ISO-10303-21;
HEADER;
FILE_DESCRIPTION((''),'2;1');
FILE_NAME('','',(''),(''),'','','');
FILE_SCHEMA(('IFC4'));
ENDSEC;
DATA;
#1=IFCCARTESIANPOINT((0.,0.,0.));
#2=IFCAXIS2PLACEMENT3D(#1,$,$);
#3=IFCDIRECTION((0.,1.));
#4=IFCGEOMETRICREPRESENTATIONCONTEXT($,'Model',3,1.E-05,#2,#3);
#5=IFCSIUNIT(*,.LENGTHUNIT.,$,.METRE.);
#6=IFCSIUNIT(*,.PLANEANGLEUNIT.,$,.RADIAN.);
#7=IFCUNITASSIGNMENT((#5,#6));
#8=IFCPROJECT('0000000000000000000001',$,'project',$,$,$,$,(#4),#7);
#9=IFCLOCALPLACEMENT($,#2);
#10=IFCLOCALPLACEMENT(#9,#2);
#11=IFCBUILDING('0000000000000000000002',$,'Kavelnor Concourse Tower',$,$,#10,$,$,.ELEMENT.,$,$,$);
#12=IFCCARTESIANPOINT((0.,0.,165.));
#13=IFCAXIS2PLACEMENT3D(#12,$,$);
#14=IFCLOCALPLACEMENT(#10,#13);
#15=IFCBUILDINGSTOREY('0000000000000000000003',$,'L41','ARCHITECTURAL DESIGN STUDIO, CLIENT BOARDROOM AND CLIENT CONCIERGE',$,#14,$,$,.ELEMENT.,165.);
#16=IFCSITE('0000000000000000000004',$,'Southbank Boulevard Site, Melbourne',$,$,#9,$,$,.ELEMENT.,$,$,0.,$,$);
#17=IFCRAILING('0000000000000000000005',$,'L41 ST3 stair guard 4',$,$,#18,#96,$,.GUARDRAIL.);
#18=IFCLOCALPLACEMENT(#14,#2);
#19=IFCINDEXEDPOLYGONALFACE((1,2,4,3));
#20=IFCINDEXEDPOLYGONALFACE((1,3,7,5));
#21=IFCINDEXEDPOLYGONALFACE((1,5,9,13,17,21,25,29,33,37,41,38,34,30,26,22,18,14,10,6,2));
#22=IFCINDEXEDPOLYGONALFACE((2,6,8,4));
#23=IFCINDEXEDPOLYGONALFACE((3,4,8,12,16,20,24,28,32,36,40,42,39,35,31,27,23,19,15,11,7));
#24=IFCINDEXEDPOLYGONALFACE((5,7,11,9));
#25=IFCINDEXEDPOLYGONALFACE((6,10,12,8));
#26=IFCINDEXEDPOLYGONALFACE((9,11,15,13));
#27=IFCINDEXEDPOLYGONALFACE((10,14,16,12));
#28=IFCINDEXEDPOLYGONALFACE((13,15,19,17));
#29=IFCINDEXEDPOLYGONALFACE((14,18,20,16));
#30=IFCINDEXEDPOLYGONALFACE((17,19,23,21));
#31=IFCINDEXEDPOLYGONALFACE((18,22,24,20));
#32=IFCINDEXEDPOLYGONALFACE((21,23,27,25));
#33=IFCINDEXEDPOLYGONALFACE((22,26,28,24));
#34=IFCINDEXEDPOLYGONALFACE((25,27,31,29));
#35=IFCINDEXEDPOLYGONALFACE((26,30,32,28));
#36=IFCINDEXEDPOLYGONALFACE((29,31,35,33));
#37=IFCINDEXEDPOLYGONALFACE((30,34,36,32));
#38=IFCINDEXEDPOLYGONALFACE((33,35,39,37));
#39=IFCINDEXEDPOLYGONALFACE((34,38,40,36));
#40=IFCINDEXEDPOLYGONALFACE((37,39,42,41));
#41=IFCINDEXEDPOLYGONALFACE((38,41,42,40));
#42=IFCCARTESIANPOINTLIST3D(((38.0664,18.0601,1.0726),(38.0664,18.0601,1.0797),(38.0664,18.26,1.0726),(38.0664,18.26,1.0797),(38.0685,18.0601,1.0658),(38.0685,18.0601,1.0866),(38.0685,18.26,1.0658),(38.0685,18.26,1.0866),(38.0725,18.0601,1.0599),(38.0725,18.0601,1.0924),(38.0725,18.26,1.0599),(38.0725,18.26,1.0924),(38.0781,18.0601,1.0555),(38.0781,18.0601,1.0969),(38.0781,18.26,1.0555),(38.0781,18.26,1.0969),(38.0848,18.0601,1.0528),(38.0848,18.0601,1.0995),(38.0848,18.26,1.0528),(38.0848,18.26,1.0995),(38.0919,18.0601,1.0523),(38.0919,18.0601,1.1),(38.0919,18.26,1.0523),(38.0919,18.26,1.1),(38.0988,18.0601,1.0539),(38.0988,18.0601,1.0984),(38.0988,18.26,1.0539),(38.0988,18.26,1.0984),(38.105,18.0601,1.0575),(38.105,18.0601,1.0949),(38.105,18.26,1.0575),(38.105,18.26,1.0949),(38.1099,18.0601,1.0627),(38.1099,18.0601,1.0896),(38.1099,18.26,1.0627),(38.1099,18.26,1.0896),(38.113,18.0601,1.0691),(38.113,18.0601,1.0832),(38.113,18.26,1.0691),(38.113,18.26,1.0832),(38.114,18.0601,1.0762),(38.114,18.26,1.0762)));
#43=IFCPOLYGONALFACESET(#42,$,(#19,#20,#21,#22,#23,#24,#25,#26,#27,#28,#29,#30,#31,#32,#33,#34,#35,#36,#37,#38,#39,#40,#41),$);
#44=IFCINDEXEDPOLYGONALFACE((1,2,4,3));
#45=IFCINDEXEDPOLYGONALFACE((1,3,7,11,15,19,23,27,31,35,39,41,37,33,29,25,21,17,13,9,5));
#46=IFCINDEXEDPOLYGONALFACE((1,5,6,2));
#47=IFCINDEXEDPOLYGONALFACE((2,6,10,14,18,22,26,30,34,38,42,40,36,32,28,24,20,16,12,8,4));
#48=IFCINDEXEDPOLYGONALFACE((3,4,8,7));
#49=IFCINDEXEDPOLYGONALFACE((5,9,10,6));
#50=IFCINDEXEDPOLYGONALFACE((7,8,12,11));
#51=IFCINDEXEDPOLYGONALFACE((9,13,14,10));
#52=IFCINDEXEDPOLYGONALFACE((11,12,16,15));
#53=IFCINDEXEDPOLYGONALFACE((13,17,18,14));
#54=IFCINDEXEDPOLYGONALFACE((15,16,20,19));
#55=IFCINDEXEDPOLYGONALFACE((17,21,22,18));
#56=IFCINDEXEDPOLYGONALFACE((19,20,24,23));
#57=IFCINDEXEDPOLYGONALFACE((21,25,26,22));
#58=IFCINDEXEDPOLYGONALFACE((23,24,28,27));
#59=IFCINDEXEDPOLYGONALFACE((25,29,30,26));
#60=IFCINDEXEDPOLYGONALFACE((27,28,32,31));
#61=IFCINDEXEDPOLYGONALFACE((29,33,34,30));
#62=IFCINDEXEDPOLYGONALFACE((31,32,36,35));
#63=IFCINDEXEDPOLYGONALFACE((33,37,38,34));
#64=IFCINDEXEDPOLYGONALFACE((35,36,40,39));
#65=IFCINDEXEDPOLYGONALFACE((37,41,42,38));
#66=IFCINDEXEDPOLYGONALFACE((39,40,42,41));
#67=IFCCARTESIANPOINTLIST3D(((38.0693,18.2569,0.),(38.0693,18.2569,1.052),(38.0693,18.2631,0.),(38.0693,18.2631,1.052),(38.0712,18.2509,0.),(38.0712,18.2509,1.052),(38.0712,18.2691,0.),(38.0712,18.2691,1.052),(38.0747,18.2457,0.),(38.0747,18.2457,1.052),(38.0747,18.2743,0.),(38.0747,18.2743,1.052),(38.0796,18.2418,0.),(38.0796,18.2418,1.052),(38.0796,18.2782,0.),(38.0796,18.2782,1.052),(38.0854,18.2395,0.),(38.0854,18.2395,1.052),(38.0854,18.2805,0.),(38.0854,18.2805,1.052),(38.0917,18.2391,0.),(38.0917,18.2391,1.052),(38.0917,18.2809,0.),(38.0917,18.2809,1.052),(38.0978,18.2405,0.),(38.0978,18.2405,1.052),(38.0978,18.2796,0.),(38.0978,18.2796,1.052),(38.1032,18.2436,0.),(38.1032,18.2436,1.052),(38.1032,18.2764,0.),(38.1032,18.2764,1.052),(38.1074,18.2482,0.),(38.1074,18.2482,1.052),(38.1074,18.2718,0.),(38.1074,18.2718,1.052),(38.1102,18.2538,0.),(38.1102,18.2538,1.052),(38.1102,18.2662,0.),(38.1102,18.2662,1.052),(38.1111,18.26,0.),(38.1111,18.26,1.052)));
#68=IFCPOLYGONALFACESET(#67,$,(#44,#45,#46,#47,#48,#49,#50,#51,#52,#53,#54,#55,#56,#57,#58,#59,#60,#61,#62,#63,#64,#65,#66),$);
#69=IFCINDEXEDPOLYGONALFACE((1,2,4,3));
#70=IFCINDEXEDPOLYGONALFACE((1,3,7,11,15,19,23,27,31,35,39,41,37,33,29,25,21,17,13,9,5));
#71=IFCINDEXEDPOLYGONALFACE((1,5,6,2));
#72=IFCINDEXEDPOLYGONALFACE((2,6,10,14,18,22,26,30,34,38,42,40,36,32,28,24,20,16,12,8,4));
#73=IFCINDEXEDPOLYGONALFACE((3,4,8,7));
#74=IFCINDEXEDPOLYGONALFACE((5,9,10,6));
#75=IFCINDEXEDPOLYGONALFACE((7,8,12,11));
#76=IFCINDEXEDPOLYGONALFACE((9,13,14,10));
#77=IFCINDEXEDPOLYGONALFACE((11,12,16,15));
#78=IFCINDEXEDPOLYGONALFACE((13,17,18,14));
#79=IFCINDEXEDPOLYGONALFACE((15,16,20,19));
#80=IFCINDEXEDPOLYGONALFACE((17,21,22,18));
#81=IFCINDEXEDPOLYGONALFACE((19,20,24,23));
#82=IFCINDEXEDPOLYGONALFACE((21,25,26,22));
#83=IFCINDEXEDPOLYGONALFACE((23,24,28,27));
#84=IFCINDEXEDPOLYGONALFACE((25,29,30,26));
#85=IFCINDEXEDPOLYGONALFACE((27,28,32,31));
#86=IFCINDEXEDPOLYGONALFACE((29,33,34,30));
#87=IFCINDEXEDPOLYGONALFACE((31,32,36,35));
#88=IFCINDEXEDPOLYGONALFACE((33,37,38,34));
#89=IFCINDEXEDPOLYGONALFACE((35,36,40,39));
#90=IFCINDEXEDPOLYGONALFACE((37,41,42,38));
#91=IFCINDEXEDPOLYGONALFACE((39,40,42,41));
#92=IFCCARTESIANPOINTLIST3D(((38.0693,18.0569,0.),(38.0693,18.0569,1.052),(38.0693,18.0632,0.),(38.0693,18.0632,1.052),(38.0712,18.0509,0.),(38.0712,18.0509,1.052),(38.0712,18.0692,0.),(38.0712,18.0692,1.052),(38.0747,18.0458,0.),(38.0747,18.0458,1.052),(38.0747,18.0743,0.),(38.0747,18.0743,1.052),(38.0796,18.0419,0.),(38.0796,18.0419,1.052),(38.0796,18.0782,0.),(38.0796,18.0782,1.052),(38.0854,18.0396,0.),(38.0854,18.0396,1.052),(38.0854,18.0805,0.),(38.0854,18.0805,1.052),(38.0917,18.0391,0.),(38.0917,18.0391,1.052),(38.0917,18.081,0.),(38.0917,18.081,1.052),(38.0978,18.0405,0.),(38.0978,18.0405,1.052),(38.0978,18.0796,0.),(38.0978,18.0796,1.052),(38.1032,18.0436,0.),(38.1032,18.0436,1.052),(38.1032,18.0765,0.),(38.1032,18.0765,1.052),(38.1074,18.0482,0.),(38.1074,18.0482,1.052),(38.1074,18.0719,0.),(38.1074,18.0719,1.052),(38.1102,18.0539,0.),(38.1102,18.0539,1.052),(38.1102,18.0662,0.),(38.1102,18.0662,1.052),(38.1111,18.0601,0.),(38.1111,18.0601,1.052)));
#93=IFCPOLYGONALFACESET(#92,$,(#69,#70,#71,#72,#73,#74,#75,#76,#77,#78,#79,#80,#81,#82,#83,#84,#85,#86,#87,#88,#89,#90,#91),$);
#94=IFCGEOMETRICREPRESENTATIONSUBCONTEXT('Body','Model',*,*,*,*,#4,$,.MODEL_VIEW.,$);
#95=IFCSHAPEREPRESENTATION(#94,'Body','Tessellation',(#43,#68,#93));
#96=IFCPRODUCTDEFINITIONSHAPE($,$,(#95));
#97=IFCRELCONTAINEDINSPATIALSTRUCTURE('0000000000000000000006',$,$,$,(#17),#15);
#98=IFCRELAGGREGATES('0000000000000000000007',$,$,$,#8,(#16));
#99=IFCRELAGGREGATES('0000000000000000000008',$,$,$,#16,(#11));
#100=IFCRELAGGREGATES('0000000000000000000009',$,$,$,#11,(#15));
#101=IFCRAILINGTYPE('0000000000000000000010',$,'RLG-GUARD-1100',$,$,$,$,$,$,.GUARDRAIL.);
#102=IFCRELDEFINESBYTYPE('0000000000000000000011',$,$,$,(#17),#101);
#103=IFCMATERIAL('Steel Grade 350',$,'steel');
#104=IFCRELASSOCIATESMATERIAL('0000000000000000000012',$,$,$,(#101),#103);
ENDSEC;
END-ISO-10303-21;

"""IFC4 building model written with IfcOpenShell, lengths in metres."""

from ifc_helpers import new_model, si_unit, direction, frame, origin, origin_2d, place, context, subcontext, project, spatial, circle, extrude, material, type_object, element, save


model = new_model("IFC4")

# Units and contexts
model_context = context("Model", 3, precision=1e-05, world=origin(), true_north=direction((0.0, 1.0)))
body_context = subcontext(model_context, "Body", "Model", "MODEL_VIEW")
ifc_project = project(units=[si_unit("LENGTHUNIT", "METRE"), si_unit("PLANEANGLEUNIT", "RADIAN")], contexts=[model_context])

# Site, building, storey
site_placement = place(None, origin())
site = spatial("IfcSite", under=ifc_project, at=site_placement, Name="Southbank Boulevard Site, Melbourne", CompositionType="ELEMENT", RefElevation=0.0)
building_placement = place(site_placement, origin())
building = spatial("IfcBuilding", under=site, at=building_placement, Name="Kavelnor Concourse Tower", CompositionType="ELEMENT")
storey_placement = place(building_placement, frame((0.0, 0.0, 165.0)))
storey = spatial("IfcBuildingStorey", under=building, at=storey_placement, Name="L41", Description="ARCHITECTURAL DESIGN STUDIO, CLIENT BOARDROOM AND CLIENT CONCIERGE", CompositionType="ELEMENT", Elevation=165.0)

# Shared definitions
ifc_material_1 = material(Name="Steel Grade 350", Category="steel")

# Railing
railing_type_1 = type_object("IfcRailingType", Name="RLG-GUARD-1100", PredefinedType="GUARDRAIL", material=ifc_material_1)
railing_1_placement = place(storey_placement, frame((38.0901, 18.26, 0.0)))
element("IfcRailing", 1, at=railing_1_placement, inside=storey, type_object=railing_type_1, Name="L41 ST3 stair guard 4", PredefinedType="GUARDRAIL", context=body_context, shape_type="SweptSolid", body=[
    extrude(circle(Radius=0.0239, at=origin_2d()), frame((0.0, 0.0, 1.0762), z_axis=(0.0, -1.0, 0.0), x_axis=(1.0, 0.0, 0.0)), (0.0, 0.0, 1.0), 0.2),
    extrude(circle(Radius=0.021, at=origin_2d()), origin(), (0.0, 0.0, 1.0), 1.052),
    extrude(circle(Radius=0.021, at=origin_2d()), frame((0.0, -0.2, 0.0)), (0.0, 0.0, 1.0), 1.052),
])

save(model, "model.ifc")
